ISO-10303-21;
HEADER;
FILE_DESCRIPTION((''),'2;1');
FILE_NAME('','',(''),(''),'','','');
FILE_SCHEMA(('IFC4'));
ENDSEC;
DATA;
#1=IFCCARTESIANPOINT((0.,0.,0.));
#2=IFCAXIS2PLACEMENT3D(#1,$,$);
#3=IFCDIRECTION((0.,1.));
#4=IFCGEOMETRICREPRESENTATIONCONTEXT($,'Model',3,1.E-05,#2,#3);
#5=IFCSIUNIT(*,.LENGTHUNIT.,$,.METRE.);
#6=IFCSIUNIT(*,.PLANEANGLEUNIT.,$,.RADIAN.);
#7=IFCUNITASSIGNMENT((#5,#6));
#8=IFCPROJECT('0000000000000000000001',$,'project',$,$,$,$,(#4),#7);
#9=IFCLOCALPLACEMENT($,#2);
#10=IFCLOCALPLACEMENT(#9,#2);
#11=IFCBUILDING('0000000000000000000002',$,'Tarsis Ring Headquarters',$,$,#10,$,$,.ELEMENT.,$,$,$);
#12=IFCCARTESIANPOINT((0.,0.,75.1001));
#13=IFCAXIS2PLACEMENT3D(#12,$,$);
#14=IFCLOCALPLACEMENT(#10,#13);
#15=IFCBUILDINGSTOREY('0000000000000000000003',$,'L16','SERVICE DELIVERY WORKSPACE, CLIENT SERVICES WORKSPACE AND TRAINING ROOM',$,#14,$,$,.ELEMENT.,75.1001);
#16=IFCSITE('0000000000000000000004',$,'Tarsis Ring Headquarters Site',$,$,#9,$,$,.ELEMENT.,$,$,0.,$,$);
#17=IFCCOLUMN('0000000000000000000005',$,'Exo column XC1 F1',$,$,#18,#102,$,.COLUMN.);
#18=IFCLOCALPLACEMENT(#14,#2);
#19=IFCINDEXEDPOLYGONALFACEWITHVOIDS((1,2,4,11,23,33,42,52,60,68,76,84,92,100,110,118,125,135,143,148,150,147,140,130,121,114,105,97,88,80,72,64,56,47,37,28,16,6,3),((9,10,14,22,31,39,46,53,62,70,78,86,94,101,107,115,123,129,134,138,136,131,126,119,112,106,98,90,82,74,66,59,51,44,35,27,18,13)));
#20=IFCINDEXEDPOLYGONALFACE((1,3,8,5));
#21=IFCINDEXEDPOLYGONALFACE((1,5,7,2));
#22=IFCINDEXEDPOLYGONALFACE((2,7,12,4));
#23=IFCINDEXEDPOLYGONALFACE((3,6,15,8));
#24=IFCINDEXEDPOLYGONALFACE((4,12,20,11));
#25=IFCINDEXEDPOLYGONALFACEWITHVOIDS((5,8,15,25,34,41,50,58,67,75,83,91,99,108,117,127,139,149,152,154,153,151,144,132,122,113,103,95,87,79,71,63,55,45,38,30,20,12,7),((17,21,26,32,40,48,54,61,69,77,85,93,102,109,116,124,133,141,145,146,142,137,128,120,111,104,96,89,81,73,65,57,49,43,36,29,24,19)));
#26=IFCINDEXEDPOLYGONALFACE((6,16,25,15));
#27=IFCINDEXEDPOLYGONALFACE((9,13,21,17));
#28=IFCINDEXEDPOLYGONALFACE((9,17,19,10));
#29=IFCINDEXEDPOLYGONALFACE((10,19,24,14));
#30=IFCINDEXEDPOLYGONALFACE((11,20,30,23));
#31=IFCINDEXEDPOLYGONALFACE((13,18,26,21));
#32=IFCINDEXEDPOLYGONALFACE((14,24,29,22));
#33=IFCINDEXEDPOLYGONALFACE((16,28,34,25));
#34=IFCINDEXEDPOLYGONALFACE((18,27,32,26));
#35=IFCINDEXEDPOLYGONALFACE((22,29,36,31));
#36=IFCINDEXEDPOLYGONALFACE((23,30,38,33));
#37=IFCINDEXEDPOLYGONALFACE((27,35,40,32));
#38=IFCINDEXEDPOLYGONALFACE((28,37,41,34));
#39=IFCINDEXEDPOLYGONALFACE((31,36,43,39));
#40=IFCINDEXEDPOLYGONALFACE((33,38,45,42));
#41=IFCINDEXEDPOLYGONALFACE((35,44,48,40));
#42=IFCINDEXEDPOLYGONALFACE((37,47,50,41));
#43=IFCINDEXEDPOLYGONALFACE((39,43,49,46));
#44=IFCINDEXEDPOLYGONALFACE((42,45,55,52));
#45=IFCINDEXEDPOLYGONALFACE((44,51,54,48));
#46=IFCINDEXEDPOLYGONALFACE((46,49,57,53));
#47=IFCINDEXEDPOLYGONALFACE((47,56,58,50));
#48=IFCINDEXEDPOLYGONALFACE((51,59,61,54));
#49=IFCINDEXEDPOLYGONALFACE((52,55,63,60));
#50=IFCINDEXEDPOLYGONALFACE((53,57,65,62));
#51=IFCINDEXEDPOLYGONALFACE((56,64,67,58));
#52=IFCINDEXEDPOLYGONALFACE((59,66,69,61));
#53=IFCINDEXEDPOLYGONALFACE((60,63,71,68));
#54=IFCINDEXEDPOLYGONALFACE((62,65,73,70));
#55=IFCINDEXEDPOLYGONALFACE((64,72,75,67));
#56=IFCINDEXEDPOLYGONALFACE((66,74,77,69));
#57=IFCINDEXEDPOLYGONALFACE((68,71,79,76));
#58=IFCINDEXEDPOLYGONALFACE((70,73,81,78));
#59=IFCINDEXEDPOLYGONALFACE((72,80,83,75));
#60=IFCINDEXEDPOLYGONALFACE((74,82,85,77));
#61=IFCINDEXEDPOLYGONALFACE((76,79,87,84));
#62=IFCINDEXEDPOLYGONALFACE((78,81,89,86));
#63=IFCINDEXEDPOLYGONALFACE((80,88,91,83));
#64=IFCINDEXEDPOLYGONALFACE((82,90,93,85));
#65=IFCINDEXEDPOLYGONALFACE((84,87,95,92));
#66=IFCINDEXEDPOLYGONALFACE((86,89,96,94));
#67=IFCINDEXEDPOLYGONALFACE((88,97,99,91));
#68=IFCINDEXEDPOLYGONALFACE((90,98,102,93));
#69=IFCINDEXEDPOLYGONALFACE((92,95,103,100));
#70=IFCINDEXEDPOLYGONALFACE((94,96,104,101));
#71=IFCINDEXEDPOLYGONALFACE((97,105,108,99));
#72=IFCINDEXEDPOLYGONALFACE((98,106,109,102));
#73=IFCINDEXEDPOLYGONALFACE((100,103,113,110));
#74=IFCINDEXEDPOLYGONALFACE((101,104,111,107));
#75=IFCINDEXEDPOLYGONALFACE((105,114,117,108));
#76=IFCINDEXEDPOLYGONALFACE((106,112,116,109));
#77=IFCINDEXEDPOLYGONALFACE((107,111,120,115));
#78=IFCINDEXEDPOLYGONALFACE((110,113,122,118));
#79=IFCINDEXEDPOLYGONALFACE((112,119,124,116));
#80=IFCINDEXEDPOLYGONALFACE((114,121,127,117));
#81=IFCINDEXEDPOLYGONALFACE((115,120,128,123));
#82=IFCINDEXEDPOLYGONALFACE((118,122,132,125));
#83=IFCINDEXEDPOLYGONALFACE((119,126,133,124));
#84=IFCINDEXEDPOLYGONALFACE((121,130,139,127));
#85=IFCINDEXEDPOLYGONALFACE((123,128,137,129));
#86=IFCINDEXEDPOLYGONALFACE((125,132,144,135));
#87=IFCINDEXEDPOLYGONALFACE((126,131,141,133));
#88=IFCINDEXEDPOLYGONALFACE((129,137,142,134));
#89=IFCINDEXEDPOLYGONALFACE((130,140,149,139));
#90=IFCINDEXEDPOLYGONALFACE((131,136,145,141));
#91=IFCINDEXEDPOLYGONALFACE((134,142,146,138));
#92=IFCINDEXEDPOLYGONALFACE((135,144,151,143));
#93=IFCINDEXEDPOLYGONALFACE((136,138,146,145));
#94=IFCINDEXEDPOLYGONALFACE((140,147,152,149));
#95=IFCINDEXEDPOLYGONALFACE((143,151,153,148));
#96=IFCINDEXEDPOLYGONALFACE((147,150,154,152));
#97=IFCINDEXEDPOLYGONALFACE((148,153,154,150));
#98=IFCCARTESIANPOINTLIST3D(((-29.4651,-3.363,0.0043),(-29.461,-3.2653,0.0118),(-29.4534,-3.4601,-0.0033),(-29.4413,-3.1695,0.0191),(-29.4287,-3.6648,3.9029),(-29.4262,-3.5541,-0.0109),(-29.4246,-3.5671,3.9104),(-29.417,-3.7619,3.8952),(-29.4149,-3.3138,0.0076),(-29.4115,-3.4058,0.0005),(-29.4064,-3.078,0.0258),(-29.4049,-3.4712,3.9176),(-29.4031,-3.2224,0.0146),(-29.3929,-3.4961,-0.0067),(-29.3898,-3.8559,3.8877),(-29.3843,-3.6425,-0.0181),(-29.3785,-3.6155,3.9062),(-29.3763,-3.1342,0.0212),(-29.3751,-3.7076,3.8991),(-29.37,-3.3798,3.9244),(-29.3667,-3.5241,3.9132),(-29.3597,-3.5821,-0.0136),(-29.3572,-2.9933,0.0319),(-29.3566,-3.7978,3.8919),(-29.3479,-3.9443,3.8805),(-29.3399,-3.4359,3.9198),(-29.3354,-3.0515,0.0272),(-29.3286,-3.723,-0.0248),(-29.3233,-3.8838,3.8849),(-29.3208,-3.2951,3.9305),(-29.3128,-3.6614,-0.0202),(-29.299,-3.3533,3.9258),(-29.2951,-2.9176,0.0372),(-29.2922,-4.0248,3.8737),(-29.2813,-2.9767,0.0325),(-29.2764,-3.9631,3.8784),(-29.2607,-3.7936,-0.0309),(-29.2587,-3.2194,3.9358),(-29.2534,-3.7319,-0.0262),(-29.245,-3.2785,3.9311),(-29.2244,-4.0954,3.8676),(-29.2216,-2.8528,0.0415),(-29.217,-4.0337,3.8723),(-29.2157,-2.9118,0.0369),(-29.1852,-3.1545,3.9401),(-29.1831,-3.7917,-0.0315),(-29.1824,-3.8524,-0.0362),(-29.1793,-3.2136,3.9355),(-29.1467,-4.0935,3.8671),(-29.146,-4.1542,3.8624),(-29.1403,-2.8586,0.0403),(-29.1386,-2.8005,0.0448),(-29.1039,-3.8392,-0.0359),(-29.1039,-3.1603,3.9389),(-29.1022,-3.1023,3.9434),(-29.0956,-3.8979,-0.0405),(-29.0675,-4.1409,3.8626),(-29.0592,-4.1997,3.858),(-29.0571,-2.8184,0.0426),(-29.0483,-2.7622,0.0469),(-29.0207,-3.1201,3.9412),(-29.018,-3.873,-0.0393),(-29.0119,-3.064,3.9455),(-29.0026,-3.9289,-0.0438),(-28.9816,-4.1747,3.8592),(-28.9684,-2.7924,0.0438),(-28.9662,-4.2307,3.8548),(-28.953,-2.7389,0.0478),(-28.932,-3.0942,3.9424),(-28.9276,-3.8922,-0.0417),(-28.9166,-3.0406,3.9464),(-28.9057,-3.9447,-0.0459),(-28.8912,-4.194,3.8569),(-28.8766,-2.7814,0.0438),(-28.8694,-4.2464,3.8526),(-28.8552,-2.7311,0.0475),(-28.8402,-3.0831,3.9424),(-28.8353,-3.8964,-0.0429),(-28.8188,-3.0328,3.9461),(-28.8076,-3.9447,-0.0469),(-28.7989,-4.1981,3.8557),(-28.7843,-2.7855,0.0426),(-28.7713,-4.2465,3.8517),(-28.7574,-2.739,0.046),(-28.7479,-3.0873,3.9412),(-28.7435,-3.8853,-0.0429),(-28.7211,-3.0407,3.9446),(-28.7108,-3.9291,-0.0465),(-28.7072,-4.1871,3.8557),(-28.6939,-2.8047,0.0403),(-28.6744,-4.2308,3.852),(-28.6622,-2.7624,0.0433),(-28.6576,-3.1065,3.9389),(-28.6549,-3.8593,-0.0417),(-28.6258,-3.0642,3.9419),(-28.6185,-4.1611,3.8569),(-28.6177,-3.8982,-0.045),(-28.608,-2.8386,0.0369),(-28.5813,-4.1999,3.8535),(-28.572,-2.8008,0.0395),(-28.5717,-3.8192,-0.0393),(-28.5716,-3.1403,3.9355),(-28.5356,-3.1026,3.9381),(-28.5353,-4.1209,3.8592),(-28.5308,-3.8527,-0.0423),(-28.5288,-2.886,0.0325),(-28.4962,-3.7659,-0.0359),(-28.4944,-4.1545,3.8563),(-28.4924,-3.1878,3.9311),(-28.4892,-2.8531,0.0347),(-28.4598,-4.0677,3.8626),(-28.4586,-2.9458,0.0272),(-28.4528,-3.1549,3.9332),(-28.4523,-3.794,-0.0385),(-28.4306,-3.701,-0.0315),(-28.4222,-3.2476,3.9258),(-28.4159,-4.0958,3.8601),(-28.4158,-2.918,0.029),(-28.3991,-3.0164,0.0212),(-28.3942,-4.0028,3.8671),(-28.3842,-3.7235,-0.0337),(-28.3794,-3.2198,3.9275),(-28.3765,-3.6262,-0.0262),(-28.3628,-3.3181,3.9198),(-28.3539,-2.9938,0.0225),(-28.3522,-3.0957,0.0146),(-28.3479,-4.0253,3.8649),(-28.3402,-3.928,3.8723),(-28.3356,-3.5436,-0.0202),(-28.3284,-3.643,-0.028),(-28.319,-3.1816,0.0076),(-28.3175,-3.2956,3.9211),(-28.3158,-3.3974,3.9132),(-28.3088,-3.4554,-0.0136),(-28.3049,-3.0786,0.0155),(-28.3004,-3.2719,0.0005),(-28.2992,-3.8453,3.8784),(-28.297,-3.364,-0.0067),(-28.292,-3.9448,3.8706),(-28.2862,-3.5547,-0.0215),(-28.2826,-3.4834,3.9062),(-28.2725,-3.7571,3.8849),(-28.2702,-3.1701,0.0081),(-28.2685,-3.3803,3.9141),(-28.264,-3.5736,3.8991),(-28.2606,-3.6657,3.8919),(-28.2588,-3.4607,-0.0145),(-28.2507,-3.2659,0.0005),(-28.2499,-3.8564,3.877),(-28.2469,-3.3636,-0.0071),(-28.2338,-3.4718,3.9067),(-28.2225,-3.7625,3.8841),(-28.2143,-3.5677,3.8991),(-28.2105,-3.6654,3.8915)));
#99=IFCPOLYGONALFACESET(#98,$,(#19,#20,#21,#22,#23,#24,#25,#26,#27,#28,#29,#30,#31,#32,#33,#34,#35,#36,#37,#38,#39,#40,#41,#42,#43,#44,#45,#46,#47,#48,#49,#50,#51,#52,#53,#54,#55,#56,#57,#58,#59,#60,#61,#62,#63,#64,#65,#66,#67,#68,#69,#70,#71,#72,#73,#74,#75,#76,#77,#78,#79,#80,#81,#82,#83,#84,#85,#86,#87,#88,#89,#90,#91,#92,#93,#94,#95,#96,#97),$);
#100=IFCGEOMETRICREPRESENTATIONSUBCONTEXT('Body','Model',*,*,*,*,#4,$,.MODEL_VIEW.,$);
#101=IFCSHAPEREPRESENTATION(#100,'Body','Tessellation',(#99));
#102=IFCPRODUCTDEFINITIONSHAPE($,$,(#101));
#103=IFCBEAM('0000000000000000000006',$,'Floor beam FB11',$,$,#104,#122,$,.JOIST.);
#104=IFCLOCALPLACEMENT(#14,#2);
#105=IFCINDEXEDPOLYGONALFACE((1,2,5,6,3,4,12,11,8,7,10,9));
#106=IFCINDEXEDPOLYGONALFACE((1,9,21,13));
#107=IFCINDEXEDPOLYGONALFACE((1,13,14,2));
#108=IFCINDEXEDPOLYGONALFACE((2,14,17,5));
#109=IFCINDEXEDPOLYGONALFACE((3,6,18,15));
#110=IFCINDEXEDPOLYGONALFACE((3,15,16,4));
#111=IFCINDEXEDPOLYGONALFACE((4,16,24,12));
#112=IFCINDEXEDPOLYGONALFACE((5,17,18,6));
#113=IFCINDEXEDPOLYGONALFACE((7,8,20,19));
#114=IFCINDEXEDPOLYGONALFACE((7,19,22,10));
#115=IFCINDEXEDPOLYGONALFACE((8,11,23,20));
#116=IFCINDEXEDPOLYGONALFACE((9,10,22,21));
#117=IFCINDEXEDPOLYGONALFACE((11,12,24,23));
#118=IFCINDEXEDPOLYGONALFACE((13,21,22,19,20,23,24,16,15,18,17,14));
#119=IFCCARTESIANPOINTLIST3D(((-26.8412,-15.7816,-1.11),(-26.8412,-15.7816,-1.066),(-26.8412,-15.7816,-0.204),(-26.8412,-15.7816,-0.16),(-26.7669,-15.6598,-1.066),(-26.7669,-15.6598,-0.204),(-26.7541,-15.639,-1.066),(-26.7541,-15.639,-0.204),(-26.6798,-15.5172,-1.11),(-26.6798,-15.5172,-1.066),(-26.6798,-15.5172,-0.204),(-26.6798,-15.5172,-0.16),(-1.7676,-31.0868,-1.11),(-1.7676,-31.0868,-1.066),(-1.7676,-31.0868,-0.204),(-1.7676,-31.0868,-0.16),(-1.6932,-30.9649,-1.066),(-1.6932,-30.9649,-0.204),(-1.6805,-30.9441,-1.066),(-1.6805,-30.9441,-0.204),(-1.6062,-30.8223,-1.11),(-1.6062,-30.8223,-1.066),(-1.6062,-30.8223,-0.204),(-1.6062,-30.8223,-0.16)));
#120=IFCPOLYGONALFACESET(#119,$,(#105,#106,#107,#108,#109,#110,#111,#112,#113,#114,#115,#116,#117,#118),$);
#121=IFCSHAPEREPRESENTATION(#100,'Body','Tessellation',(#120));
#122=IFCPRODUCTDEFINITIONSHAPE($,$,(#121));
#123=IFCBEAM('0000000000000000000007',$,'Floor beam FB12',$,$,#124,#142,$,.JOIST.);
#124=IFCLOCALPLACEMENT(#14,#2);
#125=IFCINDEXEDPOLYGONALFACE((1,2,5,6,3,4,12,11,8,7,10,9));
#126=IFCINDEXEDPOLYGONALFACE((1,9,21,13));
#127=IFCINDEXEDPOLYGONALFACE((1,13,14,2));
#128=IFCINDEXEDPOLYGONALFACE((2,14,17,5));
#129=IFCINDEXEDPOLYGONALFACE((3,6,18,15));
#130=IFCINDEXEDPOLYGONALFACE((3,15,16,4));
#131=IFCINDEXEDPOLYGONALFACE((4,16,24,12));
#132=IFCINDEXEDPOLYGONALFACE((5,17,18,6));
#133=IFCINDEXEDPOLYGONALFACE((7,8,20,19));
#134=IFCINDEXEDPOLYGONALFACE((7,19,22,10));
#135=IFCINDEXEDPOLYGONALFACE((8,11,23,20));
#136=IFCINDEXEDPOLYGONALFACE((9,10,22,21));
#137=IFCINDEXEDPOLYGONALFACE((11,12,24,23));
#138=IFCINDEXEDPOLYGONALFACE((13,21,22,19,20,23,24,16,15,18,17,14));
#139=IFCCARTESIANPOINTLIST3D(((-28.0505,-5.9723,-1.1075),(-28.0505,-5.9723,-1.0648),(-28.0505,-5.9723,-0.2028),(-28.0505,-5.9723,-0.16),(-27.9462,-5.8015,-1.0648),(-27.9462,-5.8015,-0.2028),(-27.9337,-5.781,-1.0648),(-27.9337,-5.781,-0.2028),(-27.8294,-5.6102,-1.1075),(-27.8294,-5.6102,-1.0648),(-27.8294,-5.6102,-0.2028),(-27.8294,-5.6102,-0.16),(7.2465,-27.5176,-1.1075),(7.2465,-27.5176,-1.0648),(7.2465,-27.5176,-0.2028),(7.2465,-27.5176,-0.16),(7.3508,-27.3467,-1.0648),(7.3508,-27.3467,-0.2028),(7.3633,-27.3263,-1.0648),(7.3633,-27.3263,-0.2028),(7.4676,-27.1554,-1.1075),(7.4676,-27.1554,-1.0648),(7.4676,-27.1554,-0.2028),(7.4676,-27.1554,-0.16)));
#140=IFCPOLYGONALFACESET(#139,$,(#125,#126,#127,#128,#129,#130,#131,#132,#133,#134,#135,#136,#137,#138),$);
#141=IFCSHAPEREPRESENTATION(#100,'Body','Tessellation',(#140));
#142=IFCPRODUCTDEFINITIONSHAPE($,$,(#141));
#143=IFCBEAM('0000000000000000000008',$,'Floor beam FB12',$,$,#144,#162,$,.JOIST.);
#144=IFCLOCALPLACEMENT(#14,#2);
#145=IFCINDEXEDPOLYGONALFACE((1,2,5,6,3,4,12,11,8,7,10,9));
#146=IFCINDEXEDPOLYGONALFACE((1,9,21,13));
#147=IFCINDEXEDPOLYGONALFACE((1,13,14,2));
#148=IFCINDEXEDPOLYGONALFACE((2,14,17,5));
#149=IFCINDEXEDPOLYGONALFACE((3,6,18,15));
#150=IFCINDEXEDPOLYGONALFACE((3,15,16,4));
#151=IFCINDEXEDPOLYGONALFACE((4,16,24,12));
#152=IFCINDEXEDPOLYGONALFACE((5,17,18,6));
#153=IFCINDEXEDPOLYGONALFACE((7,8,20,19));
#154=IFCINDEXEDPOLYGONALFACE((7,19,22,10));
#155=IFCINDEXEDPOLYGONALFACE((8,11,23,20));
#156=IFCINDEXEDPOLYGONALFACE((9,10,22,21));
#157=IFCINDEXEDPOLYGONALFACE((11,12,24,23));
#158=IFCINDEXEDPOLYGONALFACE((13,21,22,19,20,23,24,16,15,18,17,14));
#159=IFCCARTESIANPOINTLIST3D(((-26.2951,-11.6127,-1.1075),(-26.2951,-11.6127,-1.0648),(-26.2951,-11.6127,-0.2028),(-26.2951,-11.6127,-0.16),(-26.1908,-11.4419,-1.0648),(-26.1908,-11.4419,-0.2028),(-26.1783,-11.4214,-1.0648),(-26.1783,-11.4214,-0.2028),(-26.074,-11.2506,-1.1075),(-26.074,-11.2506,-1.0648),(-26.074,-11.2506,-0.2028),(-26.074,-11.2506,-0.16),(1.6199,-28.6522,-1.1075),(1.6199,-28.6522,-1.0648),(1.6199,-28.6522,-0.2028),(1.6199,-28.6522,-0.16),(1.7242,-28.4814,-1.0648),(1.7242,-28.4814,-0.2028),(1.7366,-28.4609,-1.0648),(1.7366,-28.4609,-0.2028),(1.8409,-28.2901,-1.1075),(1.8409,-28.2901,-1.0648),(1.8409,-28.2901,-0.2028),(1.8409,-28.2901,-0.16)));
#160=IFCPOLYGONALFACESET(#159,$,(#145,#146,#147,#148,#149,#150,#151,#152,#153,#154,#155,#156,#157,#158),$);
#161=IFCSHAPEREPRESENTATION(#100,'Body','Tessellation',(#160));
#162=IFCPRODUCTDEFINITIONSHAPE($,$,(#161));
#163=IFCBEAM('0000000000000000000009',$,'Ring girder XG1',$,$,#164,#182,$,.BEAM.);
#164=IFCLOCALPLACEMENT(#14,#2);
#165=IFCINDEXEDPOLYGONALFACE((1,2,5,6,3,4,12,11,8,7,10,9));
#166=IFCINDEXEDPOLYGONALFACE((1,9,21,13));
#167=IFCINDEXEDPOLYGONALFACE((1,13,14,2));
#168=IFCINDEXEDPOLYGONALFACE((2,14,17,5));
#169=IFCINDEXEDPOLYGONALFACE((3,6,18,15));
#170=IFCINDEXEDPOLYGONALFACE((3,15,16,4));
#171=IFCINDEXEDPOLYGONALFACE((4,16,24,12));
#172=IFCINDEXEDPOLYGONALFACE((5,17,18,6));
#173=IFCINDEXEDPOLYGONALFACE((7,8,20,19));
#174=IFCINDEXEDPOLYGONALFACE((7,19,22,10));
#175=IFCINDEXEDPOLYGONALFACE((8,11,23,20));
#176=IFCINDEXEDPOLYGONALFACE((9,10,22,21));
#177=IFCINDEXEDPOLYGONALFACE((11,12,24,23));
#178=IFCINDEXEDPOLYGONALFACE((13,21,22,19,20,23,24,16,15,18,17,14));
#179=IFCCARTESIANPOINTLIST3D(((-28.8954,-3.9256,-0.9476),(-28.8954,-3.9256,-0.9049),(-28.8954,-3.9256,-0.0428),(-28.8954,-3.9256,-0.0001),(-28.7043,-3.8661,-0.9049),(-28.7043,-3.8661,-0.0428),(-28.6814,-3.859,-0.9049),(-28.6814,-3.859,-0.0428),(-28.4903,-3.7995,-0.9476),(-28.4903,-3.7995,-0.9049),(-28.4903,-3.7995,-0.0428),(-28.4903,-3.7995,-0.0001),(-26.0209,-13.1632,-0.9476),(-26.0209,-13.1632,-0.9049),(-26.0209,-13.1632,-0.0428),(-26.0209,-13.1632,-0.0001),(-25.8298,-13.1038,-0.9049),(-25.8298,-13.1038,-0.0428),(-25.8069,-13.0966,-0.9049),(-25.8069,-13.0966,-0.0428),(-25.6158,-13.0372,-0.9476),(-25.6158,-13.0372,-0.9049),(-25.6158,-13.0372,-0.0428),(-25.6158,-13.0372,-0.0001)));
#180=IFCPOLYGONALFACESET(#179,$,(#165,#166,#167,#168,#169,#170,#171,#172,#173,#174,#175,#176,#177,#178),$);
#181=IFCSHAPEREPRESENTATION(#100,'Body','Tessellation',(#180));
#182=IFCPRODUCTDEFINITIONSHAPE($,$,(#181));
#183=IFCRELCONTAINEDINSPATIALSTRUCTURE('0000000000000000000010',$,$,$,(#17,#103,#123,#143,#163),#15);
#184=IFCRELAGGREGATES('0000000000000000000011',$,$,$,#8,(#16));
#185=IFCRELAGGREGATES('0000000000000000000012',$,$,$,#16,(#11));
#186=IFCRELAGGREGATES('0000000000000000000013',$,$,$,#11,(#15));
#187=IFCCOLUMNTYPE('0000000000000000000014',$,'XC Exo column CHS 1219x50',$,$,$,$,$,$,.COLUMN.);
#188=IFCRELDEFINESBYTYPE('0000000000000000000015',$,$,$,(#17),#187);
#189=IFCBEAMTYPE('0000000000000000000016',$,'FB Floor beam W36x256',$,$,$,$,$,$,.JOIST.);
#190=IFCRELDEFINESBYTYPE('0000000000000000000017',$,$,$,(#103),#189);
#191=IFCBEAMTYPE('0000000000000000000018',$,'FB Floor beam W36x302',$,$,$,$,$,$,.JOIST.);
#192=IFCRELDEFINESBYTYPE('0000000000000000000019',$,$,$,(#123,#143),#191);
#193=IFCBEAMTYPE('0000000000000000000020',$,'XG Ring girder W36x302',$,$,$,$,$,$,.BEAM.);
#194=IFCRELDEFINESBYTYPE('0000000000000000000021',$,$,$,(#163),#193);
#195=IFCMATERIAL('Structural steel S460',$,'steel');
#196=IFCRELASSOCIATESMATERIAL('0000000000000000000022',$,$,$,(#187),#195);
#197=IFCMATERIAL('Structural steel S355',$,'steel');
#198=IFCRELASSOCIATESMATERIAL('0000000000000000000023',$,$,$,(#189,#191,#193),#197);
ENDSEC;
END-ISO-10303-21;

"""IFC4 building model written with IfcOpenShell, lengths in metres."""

from ifc_helpers import new_model, si_unit, direction, frame, origin, origin_2d, place, context, subcontext, project, spatial, hollow_circle, i_section, extrude, material, material_profile, profile_set, type_object, element, save


model = new_model("IFC4")

# Units and contexts
model_context = context("Model", 3, precision=1e-05, world=origin(), true_north=direction((0.0, 1.0)))
body_context = subcontext(model_context, "Body", "Model", "MODEL_VIEW")
ifc_project = project(units=[si_unit("LENGTHUNIT", "METRE"), si_unit("PLANEANGLEUNIT", "RADIAN")], contexts=[model_context])

# Site, building, storey
site_placement = place(None, origin())
site = spatial("IfcSite", under=ifc_project, at=site_placement, Name="Tarsis Ring Headquarters Site", CompositionType="ELEMENT", RefElevation=0.0)
building_placement = place(site_placement, origin())
building = spatial("IfcBuilding", under=site, at=building_placement, Name="Tarsis Ring Headquarters", CompositionType="ELEMENT")
storey_placement = place(building_placement, frame((0.0, 0.0, 75.1001)))
storey = spatial("IfcBuildingStorey", under=building, at=storey_placement, Name="L16", Description="SERVICE DELIVERY WORKSPACE, CLIENT SERVICES WORKSPACE AND TRAINING ROOM", CompositionType="ELEMENT", Elevation=75.1001)

# Column
ifc_material_1 = material(Name="Structural steel S460", Category="steel")
ifc_material_profile_1 = material_profile(ifc_material_1, hollow_circle(Radius=0.6096, WallThickness=0.05, at=origin_2d()), Name="CHS 1219x50")
ifc_profile_set_1 = profile_set([ifc_material_profile_1], Name="Structural steel S460")
column_type = type_object("IfcColumnType", Name="XC Exo column CHS 1219x50", PredefinedType="COLUMN", material=ifc_profile_set_1)
column_placement = place(storey_placement, frame((-28.856, -3.3389, 0.0005), z_axis=(0.009302, -0.077166, 0.996975), x_axis=(0.992812, 0.119684, 0.0)))
element("IfcColumn", 1, at=column_placement, inside=storey, type_object=column_type, Name="Exo column XC1 F1", PredefinedType="COLUMN", context=body_context, shape_type="SweptSolid", body=[
    extrude(hollow_circle(Radius=0.6096, WallThickness=0.05, at=origin_2d()), origin(), (0.0, 0.0, 1.0), 3.9104),
])

# Beams
ifc_material_2 = material(Name="Structural steel S355", Category="steel")
ifc_material_profile_2 = material_profile(ifc_material_2, i_section(OverallWidth=0.3098, OverallDepth=0.95, WebThickness=0.0244, FlangeThickness=0.0439, at=origin_2d()), Name="W36x256")
ifc_profile_set_2 = profile_set([ifc_material_profile_2], Name="Structural steel S355")
beam_type_1 = type_object("IfcBeamType", Name="FB Floor beam W36x256", PredefinedType="JOIST", material=ifc_profile_set_2)
beam_1_placement = place(storey_placement, frame((-26.7605, -15.6494, -0.635), z_axis=(0.853549, -0.521012, 0.0), x_axis=(0.521012, 0.853549, 0.0)))
element("IfcBeam", 2, at=beam_1_placement, inside=storey, type_object=beam_type_1, Name="Floor beam FB11", PredefinedType="JOIST", context=body_context, shape_type="SweptSolid", body=[
    extrude(i_section(OverallWidth=0.3098, OverallDepth=0.95, WebThickness=0.0244, FlangeThickness=0.0439, at=origin_2d()), origin(), (0.0, 0.0, 1.0), 29.3757),
])
ifc_material_profile_3 = material_profile(ifc_material_2, i_section(OverallWidth=0.4243, OverallDepth=0.9475, WebThickness=0.0239, FlangeThickness=0.0427, at=origin_2d()), Name="W36x302")
ifc_profile_set_3 = profile_set([ifc_material_profile_3], Name="Structural steel S355")
beam_type_2 = type_object("IfcBeamType", Name="FB Floor beam W36x302", PredefinedType="JOIST", material=ifc_profile_set_3)
beam_2_placement = place(storey_placement, frame((-27.9399, -5.7913, -0.6338), z_axis=(0.853552, -0.521007, 0.0), x_axis=(0.521007, 0.853552, 0.0)))
element("IfcBeam", 3, at=beam_2_placement, inside=storey, type_object=beam_type_2, Name="Floor beam FB12", PredefinedType="JOIST", context=body_context, shape_type="SweptSolid", body=[
    extrude(i_section(OverallWidth=0.4243, OverallDepth=0.9475, WebThickness=0.0239, FlangeThickness=0.0427, at=origin_2d()), origin(), (0.0, 0.0, 1.0), 41.353),
])
beam_3_placement = place(storey_placement, frame((-26.1846, -11.4316, -0.6338), z_axis=(0.853549, -0.521013, 0.0), x_axis=(0.521013, 0.853549, 0.0)))
element("IfcBeam", 4, at=beam_3_placement, inside=storey, type_object=beam_type_2, Name="Floor beam FB12", PredefinedType="JOIST", context=body_context, shape_type="SweptSolid", body=[
    extrude(i_section(OverallWidth=0.4243, OverallDepth=0.9475, WebThickness=0.0239, FlangeThickness=0.0427, at=origin_2d()), origin(), (0.0, 0.0, 1.0), 32.7046),
])
beam_type_3 = type_object("IfcBeamType", Name="XG Ring girder W36x302", PredefinedType="BEAM", material=ifc_profile_set_3)
beam_4_placement = place(storey_placement, frame((-28.6929, -3.8625, -0.4739), z_axis=(0.297124, -0.954839, 0.0), x_axis=(0.954839, 0.297124, 0.0)))
element("IfcBeam", 5, at=beam_4_placement, inside=storey, type_object=beam_type_3, Name="Ring girder XG1", PredefinedType="BEAM", context=body_context, shape_type="SweptSolid", body=[
    extrude(i_section(OverallWidth=0.4243, OverallDepth=0.9475, WebThickness=0.0239, FlangeThickness=0.0427, at=origin_2d()), origin(), (0.0, 0.0, 1.0), 9.6746),
])

save(model, "model.ifc")
